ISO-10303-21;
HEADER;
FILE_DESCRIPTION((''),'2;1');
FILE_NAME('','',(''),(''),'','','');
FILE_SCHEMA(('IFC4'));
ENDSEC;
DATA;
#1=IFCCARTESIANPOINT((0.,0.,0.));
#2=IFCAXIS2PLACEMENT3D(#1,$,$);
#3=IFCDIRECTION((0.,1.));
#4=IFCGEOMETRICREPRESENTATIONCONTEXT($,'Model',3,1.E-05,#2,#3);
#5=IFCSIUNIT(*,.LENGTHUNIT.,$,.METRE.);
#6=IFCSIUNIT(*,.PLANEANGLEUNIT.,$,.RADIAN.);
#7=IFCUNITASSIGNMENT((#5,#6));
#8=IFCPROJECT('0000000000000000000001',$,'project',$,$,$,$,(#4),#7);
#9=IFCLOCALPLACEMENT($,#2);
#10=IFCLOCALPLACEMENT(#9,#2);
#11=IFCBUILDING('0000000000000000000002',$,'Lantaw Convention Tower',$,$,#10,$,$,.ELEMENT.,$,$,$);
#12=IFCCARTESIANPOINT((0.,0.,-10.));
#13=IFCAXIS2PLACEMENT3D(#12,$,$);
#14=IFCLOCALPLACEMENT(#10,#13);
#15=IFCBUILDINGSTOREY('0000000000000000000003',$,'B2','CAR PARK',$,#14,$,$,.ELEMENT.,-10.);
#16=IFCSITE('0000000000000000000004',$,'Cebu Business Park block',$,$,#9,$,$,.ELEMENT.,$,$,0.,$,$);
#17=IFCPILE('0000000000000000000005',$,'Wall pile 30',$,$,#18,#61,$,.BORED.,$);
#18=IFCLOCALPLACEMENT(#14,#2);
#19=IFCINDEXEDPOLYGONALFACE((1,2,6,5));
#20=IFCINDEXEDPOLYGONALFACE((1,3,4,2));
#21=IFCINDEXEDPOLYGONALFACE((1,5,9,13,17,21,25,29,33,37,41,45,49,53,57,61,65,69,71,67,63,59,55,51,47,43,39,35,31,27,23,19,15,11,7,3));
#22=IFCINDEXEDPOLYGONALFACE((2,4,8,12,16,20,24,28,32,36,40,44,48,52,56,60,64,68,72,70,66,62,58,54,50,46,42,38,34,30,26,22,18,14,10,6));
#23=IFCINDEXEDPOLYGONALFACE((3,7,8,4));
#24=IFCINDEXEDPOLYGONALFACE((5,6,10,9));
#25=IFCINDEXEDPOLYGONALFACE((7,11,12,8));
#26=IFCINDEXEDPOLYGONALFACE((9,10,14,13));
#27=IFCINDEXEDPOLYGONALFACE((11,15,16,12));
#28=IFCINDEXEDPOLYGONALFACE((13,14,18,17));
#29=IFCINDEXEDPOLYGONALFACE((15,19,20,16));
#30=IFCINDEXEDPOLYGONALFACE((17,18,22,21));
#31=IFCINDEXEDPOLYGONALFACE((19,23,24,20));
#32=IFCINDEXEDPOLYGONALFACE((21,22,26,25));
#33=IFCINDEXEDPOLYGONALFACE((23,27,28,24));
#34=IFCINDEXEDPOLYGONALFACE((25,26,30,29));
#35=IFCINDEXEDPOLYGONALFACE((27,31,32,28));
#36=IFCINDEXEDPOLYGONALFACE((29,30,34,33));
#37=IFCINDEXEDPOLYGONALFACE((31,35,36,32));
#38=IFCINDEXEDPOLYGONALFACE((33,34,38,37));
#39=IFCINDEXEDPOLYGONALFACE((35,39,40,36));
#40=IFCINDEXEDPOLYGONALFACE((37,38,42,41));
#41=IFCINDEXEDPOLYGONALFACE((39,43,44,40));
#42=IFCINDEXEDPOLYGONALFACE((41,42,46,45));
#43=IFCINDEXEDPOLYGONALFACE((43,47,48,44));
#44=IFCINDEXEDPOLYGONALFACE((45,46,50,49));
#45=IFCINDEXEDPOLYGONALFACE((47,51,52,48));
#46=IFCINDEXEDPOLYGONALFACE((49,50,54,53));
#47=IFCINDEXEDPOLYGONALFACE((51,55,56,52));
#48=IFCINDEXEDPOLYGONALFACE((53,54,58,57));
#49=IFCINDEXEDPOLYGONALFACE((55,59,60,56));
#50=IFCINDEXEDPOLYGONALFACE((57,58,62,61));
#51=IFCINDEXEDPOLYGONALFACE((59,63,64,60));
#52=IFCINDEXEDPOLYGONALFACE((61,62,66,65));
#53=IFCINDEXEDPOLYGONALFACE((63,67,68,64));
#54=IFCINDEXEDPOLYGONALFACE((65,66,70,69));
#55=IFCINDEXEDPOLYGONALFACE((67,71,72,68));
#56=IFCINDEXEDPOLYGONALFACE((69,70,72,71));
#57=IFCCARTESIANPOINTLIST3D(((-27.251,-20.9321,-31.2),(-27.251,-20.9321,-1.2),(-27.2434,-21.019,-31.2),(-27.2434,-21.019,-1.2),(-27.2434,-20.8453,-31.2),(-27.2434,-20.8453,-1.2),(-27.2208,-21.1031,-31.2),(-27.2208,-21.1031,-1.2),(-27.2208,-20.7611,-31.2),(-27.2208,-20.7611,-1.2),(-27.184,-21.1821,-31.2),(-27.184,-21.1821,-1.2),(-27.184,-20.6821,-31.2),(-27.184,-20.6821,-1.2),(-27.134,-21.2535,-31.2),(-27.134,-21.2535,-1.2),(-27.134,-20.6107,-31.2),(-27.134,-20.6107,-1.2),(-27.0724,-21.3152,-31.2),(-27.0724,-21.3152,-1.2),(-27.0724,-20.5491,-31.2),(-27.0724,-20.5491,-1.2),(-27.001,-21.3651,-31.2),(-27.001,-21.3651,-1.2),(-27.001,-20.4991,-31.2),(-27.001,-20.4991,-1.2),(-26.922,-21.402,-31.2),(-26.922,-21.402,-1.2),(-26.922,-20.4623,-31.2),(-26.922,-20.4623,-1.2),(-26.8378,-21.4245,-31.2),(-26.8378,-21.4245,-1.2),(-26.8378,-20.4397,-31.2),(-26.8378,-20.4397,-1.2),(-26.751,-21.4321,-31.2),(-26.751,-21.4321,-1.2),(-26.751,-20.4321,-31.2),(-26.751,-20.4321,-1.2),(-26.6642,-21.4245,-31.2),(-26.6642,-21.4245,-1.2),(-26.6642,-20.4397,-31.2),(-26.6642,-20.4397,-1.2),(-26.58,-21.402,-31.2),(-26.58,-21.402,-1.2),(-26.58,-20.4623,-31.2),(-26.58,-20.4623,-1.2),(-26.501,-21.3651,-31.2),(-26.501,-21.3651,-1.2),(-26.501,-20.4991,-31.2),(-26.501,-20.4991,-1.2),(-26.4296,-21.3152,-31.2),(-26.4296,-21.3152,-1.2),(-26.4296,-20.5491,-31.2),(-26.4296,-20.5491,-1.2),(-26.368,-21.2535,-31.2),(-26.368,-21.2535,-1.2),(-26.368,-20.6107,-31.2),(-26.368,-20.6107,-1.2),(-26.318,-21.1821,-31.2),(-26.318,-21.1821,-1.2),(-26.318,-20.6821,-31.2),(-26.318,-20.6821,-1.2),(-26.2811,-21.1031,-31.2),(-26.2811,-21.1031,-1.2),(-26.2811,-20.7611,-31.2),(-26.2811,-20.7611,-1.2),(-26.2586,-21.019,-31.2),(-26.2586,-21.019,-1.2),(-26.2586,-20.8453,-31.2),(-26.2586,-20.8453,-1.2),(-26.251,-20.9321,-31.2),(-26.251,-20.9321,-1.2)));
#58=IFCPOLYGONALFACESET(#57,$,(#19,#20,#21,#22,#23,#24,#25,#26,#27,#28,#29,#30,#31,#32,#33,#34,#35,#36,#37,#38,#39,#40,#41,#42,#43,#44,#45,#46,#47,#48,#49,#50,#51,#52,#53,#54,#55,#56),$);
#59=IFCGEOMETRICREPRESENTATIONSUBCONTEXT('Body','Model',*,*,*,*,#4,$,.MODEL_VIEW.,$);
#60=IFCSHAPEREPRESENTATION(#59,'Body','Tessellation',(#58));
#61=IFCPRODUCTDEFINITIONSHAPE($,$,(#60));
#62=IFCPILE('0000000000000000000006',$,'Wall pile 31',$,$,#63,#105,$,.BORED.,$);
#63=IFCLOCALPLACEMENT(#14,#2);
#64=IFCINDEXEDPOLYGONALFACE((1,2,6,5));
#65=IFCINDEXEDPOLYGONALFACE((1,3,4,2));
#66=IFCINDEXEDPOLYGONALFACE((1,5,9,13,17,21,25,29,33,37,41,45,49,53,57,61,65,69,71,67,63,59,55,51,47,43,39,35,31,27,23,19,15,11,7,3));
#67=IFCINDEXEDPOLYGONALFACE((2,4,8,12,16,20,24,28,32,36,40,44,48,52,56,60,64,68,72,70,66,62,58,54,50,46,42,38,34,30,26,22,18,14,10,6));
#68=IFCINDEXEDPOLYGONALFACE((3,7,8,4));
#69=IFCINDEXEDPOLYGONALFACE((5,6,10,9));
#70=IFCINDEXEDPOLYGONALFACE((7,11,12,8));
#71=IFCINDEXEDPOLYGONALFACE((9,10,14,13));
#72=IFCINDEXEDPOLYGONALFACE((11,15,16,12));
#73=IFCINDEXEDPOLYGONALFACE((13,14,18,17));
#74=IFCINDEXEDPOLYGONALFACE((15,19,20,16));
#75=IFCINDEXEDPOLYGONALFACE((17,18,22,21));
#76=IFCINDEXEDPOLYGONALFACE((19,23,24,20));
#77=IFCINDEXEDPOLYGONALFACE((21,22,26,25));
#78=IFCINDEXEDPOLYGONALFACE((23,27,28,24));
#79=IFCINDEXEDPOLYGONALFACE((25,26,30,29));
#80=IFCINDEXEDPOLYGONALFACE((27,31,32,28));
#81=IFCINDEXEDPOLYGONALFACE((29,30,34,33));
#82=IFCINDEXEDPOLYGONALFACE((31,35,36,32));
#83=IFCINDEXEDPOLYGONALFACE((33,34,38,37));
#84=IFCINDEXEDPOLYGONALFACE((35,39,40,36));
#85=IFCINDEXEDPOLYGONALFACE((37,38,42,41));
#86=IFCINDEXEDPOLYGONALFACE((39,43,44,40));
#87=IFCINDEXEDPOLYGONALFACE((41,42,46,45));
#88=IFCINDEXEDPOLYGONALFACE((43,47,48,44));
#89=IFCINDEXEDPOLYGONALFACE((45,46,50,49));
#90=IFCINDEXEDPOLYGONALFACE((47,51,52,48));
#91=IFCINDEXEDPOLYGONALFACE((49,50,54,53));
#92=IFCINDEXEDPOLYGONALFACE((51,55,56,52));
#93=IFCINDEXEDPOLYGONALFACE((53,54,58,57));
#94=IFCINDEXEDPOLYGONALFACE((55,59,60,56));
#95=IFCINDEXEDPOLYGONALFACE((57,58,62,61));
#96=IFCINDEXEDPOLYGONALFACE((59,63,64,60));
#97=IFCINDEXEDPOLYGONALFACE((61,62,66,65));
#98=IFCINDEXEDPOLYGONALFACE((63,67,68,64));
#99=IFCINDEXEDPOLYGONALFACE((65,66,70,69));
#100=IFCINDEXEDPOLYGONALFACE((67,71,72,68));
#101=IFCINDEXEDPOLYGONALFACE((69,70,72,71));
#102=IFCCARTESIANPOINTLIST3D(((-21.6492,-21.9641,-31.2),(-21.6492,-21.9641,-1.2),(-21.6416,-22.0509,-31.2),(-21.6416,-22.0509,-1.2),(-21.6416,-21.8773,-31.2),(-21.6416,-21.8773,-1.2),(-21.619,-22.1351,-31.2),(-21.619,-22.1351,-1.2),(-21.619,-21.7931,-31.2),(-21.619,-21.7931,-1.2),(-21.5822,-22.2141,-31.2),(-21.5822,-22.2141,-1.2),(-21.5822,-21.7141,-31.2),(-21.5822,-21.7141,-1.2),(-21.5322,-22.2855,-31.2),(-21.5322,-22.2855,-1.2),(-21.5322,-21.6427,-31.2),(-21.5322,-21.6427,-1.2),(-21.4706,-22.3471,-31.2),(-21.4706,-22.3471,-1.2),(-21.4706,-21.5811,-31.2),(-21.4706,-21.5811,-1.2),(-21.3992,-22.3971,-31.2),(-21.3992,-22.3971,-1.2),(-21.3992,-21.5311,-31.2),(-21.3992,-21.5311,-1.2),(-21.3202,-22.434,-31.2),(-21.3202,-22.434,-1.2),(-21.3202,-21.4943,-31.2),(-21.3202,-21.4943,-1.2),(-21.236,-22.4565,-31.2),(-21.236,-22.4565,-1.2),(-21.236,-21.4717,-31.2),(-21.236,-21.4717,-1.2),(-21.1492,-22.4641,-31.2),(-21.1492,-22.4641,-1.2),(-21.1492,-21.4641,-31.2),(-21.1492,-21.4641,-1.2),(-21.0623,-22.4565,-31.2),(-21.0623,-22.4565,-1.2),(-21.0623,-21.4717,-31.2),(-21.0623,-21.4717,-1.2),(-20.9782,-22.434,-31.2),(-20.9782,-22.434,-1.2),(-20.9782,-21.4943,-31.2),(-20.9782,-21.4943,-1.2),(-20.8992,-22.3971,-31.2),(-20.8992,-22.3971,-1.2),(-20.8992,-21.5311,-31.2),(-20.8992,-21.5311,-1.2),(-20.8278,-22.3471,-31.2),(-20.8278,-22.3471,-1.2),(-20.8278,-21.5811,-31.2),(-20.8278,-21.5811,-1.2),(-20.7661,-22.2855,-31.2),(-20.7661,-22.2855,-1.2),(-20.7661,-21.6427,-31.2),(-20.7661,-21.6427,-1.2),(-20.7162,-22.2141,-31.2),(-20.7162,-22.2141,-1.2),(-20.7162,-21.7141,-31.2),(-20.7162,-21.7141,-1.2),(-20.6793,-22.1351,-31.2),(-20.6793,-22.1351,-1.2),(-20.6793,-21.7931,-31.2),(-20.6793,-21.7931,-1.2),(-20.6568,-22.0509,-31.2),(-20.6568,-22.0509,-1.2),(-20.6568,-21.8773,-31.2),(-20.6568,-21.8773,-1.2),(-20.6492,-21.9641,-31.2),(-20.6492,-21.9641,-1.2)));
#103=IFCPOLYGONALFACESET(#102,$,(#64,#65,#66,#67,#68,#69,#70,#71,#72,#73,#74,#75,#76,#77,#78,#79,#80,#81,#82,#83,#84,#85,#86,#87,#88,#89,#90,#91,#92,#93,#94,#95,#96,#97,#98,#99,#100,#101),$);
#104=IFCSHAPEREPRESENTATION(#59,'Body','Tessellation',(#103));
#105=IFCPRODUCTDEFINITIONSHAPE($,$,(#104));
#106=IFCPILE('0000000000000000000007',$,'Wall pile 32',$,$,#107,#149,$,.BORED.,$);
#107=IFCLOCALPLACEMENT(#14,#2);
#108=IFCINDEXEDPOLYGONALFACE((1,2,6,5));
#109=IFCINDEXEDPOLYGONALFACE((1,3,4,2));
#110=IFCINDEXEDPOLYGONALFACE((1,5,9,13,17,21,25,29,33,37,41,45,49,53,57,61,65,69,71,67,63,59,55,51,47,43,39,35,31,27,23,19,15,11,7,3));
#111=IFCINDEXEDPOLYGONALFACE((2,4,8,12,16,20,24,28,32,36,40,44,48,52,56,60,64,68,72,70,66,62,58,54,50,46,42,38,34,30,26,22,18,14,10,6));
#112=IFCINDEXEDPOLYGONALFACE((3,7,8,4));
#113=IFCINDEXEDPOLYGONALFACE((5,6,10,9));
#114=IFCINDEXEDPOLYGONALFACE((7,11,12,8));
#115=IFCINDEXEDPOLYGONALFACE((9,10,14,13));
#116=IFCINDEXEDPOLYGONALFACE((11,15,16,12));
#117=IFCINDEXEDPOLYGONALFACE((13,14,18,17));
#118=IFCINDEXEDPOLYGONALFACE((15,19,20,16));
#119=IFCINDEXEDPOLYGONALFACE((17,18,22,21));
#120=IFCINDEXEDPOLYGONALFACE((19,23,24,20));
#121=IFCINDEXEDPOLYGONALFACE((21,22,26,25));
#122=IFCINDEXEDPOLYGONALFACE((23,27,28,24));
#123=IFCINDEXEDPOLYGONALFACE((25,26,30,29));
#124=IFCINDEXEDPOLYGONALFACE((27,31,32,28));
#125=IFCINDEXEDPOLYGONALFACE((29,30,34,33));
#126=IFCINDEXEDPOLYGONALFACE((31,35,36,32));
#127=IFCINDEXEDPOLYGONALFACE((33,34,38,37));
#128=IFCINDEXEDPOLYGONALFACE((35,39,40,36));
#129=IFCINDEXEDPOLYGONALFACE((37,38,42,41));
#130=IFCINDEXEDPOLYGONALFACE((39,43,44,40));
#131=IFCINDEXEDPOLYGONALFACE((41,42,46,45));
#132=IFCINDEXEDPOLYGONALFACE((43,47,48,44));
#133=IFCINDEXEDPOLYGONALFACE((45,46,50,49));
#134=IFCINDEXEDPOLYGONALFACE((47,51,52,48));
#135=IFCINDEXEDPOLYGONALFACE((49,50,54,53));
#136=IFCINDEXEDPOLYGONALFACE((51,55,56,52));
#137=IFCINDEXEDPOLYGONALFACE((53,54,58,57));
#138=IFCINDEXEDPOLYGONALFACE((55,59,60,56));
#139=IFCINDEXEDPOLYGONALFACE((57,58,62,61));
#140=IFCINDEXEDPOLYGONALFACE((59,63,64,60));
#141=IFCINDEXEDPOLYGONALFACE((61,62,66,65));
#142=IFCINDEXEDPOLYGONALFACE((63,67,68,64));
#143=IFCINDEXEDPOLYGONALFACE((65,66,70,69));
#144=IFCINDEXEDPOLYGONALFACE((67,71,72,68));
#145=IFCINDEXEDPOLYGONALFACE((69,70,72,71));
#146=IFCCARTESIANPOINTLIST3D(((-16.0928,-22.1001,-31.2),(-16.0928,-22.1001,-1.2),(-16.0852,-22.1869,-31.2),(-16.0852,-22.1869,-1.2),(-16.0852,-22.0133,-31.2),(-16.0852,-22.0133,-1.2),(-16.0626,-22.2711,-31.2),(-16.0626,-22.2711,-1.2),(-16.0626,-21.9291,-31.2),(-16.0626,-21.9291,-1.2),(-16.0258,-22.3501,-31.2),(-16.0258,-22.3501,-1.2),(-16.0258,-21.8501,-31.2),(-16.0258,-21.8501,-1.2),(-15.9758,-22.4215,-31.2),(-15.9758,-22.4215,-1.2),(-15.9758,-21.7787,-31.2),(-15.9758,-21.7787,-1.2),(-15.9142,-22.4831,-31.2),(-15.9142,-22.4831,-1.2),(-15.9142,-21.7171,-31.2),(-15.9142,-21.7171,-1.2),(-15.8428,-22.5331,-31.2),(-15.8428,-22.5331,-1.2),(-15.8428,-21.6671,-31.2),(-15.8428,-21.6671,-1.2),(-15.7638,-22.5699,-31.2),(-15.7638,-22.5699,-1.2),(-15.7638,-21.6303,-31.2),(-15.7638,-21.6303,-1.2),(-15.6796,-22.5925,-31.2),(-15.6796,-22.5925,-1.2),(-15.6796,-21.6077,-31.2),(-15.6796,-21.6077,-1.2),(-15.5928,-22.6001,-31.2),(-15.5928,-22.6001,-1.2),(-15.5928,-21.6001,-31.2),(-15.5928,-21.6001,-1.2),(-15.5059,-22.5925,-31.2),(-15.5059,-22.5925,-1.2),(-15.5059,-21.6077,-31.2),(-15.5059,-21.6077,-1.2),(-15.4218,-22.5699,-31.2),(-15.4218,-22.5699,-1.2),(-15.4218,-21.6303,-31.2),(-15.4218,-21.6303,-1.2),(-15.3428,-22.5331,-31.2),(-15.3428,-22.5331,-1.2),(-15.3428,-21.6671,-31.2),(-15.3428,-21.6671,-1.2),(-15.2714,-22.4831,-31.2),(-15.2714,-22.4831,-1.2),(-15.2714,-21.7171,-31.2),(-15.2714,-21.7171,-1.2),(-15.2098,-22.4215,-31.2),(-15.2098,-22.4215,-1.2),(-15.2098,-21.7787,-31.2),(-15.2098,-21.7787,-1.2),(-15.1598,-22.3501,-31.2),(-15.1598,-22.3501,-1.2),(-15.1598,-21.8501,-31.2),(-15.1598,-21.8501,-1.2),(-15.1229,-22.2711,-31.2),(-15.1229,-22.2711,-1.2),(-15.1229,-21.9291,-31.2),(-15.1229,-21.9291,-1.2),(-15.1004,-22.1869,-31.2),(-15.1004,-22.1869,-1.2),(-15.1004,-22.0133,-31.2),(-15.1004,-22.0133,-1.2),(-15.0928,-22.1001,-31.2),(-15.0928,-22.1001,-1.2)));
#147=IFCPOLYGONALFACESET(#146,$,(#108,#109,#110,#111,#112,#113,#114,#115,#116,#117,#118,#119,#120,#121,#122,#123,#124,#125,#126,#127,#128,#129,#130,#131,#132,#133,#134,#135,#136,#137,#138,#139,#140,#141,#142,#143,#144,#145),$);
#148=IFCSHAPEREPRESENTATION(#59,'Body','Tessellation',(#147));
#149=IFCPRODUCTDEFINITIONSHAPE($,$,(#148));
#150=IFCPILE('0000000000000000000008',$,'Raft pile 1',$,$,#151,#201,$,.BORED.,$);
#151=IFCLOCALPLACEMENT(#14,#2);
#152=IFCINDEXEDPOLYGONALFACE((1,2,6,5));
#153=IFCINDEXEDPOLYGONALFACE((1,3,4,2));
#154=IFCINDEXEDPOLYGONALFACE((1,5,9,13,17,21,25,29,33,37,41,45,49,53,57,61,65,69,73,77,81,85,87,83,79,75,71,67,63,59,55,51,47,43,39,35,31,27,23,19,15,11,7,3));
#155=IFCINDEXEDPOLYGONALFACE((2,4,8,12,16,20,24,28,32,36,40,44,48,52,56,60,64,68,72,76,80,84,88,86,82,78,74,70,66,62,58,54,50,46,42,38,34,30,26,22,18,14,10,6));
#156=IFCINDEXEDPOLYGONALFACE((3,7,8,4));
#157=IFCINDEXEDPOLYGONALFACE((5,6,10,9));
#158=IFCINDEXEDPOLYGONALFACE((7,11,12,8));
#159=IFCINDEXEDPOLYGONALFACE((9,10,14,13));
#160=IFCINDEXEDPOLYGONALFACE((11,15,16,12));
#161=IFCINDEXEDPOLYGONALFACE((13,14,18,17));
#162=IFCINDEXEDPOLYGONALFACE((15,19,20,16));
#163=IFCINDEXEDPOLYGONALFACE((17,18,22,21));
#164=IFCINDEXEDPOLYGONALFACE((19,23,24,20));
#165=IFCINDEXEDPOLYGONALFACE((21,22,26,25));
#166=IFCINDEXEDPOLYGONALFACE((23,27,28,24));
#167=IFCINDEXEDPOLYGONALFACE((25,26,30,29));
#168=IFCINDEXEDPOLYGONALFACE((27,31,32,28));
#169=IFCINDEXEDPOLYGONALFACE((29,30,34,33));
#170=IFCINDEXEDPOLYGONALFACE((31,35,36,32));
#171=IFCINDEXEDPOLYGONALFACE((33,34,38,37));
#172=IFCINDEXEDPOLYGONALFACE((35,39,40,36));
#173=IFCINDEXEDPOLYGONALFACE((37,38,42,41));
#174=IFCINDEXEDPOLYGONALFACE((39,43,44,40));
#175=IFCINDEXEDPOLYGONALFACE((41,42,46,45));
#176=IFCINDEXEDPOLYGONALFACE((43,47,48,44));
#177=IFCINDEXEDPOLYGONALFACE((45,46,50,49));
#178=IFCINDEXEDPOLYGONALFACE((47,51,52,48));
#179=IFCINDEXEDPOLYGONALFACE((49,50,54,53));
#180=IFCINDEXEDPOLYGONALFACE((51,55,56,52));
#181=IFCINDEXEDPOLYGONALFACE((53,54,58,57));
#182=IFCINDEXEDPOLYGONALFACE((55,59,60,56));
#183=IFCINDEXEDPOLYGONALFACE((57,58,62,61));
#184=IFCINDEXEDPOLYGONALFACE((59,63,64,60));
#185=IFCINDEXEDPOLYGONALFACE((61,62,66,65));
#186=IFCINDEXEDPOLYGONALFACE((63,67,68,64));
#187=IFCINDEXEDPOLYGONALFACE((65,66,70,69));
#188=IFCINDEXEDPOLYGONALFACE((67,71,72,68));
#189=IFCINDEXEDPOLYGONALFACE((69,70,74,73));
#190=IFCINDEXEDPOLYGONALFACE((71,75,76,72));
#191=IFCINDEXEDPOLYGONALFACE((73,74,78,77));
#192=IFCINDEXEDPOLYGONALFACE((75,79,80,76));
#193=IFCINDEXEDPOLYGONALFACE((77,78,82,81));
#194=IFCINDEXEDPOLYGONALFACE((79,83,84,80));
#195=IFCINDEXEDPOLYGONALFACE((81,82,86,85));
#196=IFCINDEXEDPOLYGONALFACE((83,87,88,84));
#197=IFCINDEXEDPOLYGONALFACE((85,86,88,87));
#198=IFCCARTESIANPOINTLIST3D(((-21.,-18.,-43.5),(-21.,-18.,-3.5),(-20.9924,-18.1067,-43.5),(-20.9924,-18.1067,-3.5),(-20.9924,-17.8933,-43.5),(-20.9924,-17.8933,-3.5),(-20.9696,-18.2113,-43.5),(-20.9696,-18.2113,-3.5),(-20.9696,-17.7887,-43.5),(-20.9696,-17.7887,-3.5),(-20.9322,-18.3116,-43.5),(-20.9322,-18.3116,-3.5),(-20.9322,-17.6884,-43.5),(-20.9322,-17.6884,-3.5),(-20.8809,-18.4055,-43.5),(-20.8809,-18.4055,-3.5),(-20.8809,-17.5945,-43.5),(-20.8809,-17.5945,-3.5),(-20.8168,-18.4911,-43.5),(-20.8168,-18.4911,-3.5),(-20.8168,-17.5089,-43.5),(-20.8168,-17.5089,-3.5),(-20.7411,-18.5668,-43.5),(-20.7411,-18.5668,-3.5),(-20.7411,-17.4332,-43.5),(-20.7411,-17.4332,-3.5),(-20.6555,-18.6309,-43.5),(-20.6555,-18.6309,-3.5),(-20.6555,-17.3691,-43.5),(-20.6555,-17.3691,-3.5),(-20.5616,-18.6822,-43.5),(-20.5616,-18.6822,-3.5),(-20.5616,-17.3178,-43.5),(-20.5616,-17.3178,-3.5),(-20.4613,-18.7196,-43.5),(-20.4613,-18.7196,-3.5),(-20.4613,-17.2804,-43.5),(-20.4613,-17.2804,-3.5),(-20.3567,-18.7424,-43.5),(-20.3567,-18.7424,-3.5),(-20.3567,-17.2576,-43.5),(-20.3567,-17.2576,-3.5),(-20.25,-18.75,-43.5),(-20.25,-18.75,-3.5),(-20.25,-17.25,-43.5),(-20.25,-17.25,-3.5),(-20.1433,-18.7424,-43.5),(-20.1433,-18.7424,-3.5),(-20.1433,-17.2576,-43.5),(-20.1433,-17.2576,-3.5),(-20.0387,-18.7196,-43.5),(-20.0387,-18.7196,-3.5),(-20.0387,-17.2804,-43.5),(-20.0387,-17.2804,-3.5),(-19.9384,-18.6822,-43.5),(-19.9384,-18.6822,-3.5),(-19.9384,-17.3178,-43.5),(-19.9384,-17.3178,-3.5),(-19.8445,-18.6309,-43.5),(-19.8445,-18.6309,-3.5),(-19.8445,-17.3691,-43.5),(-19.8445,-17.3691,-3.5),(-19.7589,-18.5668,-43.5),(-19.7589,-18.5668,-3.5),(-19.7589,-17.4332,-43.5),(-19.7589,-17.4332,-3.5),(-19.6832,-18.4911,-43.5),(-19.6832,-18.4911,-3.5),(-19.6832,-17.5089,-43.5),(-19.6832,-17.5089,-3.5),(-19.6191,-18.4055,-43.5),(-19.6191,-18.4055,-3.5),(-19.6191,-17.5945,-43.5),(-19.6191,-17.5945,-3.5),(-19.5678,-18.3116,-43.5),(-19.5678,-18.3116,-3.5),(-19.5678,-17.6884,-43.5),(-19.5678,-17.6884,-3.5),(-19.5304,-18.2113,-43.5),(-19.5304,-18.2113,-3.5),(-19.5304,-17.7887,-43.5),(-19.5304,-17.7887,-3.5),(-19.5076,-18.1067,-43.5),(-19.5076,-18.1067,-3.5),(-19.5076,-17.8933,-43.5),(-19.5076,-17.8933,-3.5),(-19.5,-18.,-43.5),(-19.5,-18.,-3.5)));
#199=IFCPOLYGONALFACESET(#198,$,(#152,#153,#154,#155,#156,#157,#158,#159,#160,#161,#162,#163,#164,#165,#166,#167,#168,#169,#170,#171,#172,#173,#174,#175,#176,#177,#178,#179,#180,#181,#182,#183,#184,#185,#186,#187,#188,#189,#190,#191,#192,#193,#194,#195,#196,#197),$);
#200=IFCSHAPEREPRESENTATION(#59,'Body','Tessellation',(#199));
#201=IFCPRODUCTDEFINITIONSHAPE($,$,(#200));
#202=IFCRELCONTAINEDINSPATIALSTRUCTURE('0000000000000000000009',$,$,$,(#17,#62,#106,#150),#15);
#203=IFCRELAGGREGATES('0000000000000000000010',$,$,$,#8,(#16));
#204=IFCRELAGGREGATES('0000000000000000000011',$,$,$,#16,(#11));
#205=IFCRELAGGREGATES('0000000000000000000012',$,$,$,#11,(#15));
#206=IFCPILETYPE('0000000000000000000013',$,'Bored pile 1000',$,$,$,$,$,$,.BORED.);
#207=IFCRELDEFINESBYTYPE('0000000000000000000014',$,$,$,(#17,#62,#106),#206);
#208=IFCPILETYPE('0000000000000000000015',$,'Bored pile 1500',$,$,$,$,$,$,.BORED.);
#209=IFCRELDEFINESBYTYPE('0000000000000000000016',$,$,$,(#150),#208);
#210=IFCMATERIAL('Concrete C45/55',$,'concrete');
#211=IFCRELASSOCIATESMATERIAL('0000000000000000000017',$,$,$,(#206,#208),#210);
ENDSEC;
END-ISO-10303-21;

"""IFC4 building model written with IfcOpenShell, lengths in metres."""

from ifc_helpers import new_model, si_unit, direction, frame, origin, origin_2d, place, context, subcontext, project, spatial, circle, extrude, material, material_profile, profile_set, type_object, element, save


model = new_model("IFC4")

# Units and contexts
model_context = context("Model", 3, precision=1e-05, world=origin(), true_north=direction((0.0, 1.0)))
body_context = subcontext(model_context, "Body", "Model", "MODEL_VIEW")
ifc_project = project(units=[si_unit("LENGTHUNIT", "METRE"), si_unit("PLANEANGLEUNIT", "RADIAN")], contexts=[model_context])

# Site, building, storey
site_placement = place(None, origin())
site = spatial("IfcSite", under=ifc_project, at=site_placement, Name="Cebu Business Park block", CompositionType="ELEMENT", RefElevation=0.0)
building_placement = place(site_placement, origin())
building = spatial("IfcBuilding", under=site, at=building_placement, Name="Lantaw Convention Tower", CompositionType="ELEMENT")
storey_placement = place(building_placement, frame((0.0, 0.0, -10.0)))
storey = spatial("IfcBuildingStorey", under=building, at=storey_placement, Name="B2", Description="CAR PARK", CompositionType="ELEMENT", Elevation=-10.0)

# Piles
ifc_material_1 = material(Name="Concrete C45/55", Category="concrete")
ifc_material_profile_1 = material_profile(ifc_material_1, circle(Radius=0.5, at=origin_2d()), Name="Bored pile 1000")
ifc_profile_set_1 = profile_set([ifc_material_profile_1], Name="Concrete C45/55")
pile_type_1 = type_object("IfcPileType", Name="Bored pile 1000", PredefinedType="BORED", material=ifc_profile_set_1)
for number, where, z_axis, x_axis, name in (
    (1, (-26.751, -20.9321, -1.2), (0.0, 0.0, -1.0), (1.0, 0.0, 0.0), "Wall pile 30"),
    (2, (-21.1492, -21.9641, -1.2), (0.0, 0.0, -1.0), (1.0, 0.0, 0.0), "Wall pile 31"),
    (3, (-15.5928, -22.1001, -1.2), (0.0, 0.0, -1.0), (1.0, 0.0, 0.0), "Wall pile 32"),
):
    element("IfcPile", number, at=place(storey_placement, frame(where, z_axis=z_axis, x_axis=x_axis)), inside=storey, type_object=pile_type_1, Name=name, PredefinedType="BORED", context=body_context, shape_type="SweptSolid", body=[
        extrude(circle(Radius=0.5, at=origin_2d()), origin(), (0.0, 0.0, 1.0), 30.0),
    ])
ifc_material_profile_2 = material_profile(ifc_material_1, circle(Radius=0.75, at=origin_2d()), Name="Bored pile 1500")
ifc_profile_set_2 = profile_set([ifc_material_profile_2], Name="Concrete C45/55")
pile_type_2 = type_object("IfcPileType", Name="Bored pile 1500", PredefinedType="BORED", material=ifc_profile_set_2)
for number, where, z_axis, x_axis, name in (
    (4, (-20.25, -18.0, -3.5), (0.0, 0.0, -1.0), (1.0, 0.0, 0.0), "Raft pile 1"),
):
    element("IfcPile", number, at=place(storey_placement, frame(where, z_axis=z_axis, x_axis=x_axis)), inside=storey, type_object=pile_type_2, Name=name, PredefinedType="BORED", context=body_context, shape_type="SweptSolid", body=[
        extrude(circle(Radius=0.75, at=origin_2d()), origin(), (0.0, 0.0, 1.0), 40.0),
    ])

save(model, "model.ifc")
